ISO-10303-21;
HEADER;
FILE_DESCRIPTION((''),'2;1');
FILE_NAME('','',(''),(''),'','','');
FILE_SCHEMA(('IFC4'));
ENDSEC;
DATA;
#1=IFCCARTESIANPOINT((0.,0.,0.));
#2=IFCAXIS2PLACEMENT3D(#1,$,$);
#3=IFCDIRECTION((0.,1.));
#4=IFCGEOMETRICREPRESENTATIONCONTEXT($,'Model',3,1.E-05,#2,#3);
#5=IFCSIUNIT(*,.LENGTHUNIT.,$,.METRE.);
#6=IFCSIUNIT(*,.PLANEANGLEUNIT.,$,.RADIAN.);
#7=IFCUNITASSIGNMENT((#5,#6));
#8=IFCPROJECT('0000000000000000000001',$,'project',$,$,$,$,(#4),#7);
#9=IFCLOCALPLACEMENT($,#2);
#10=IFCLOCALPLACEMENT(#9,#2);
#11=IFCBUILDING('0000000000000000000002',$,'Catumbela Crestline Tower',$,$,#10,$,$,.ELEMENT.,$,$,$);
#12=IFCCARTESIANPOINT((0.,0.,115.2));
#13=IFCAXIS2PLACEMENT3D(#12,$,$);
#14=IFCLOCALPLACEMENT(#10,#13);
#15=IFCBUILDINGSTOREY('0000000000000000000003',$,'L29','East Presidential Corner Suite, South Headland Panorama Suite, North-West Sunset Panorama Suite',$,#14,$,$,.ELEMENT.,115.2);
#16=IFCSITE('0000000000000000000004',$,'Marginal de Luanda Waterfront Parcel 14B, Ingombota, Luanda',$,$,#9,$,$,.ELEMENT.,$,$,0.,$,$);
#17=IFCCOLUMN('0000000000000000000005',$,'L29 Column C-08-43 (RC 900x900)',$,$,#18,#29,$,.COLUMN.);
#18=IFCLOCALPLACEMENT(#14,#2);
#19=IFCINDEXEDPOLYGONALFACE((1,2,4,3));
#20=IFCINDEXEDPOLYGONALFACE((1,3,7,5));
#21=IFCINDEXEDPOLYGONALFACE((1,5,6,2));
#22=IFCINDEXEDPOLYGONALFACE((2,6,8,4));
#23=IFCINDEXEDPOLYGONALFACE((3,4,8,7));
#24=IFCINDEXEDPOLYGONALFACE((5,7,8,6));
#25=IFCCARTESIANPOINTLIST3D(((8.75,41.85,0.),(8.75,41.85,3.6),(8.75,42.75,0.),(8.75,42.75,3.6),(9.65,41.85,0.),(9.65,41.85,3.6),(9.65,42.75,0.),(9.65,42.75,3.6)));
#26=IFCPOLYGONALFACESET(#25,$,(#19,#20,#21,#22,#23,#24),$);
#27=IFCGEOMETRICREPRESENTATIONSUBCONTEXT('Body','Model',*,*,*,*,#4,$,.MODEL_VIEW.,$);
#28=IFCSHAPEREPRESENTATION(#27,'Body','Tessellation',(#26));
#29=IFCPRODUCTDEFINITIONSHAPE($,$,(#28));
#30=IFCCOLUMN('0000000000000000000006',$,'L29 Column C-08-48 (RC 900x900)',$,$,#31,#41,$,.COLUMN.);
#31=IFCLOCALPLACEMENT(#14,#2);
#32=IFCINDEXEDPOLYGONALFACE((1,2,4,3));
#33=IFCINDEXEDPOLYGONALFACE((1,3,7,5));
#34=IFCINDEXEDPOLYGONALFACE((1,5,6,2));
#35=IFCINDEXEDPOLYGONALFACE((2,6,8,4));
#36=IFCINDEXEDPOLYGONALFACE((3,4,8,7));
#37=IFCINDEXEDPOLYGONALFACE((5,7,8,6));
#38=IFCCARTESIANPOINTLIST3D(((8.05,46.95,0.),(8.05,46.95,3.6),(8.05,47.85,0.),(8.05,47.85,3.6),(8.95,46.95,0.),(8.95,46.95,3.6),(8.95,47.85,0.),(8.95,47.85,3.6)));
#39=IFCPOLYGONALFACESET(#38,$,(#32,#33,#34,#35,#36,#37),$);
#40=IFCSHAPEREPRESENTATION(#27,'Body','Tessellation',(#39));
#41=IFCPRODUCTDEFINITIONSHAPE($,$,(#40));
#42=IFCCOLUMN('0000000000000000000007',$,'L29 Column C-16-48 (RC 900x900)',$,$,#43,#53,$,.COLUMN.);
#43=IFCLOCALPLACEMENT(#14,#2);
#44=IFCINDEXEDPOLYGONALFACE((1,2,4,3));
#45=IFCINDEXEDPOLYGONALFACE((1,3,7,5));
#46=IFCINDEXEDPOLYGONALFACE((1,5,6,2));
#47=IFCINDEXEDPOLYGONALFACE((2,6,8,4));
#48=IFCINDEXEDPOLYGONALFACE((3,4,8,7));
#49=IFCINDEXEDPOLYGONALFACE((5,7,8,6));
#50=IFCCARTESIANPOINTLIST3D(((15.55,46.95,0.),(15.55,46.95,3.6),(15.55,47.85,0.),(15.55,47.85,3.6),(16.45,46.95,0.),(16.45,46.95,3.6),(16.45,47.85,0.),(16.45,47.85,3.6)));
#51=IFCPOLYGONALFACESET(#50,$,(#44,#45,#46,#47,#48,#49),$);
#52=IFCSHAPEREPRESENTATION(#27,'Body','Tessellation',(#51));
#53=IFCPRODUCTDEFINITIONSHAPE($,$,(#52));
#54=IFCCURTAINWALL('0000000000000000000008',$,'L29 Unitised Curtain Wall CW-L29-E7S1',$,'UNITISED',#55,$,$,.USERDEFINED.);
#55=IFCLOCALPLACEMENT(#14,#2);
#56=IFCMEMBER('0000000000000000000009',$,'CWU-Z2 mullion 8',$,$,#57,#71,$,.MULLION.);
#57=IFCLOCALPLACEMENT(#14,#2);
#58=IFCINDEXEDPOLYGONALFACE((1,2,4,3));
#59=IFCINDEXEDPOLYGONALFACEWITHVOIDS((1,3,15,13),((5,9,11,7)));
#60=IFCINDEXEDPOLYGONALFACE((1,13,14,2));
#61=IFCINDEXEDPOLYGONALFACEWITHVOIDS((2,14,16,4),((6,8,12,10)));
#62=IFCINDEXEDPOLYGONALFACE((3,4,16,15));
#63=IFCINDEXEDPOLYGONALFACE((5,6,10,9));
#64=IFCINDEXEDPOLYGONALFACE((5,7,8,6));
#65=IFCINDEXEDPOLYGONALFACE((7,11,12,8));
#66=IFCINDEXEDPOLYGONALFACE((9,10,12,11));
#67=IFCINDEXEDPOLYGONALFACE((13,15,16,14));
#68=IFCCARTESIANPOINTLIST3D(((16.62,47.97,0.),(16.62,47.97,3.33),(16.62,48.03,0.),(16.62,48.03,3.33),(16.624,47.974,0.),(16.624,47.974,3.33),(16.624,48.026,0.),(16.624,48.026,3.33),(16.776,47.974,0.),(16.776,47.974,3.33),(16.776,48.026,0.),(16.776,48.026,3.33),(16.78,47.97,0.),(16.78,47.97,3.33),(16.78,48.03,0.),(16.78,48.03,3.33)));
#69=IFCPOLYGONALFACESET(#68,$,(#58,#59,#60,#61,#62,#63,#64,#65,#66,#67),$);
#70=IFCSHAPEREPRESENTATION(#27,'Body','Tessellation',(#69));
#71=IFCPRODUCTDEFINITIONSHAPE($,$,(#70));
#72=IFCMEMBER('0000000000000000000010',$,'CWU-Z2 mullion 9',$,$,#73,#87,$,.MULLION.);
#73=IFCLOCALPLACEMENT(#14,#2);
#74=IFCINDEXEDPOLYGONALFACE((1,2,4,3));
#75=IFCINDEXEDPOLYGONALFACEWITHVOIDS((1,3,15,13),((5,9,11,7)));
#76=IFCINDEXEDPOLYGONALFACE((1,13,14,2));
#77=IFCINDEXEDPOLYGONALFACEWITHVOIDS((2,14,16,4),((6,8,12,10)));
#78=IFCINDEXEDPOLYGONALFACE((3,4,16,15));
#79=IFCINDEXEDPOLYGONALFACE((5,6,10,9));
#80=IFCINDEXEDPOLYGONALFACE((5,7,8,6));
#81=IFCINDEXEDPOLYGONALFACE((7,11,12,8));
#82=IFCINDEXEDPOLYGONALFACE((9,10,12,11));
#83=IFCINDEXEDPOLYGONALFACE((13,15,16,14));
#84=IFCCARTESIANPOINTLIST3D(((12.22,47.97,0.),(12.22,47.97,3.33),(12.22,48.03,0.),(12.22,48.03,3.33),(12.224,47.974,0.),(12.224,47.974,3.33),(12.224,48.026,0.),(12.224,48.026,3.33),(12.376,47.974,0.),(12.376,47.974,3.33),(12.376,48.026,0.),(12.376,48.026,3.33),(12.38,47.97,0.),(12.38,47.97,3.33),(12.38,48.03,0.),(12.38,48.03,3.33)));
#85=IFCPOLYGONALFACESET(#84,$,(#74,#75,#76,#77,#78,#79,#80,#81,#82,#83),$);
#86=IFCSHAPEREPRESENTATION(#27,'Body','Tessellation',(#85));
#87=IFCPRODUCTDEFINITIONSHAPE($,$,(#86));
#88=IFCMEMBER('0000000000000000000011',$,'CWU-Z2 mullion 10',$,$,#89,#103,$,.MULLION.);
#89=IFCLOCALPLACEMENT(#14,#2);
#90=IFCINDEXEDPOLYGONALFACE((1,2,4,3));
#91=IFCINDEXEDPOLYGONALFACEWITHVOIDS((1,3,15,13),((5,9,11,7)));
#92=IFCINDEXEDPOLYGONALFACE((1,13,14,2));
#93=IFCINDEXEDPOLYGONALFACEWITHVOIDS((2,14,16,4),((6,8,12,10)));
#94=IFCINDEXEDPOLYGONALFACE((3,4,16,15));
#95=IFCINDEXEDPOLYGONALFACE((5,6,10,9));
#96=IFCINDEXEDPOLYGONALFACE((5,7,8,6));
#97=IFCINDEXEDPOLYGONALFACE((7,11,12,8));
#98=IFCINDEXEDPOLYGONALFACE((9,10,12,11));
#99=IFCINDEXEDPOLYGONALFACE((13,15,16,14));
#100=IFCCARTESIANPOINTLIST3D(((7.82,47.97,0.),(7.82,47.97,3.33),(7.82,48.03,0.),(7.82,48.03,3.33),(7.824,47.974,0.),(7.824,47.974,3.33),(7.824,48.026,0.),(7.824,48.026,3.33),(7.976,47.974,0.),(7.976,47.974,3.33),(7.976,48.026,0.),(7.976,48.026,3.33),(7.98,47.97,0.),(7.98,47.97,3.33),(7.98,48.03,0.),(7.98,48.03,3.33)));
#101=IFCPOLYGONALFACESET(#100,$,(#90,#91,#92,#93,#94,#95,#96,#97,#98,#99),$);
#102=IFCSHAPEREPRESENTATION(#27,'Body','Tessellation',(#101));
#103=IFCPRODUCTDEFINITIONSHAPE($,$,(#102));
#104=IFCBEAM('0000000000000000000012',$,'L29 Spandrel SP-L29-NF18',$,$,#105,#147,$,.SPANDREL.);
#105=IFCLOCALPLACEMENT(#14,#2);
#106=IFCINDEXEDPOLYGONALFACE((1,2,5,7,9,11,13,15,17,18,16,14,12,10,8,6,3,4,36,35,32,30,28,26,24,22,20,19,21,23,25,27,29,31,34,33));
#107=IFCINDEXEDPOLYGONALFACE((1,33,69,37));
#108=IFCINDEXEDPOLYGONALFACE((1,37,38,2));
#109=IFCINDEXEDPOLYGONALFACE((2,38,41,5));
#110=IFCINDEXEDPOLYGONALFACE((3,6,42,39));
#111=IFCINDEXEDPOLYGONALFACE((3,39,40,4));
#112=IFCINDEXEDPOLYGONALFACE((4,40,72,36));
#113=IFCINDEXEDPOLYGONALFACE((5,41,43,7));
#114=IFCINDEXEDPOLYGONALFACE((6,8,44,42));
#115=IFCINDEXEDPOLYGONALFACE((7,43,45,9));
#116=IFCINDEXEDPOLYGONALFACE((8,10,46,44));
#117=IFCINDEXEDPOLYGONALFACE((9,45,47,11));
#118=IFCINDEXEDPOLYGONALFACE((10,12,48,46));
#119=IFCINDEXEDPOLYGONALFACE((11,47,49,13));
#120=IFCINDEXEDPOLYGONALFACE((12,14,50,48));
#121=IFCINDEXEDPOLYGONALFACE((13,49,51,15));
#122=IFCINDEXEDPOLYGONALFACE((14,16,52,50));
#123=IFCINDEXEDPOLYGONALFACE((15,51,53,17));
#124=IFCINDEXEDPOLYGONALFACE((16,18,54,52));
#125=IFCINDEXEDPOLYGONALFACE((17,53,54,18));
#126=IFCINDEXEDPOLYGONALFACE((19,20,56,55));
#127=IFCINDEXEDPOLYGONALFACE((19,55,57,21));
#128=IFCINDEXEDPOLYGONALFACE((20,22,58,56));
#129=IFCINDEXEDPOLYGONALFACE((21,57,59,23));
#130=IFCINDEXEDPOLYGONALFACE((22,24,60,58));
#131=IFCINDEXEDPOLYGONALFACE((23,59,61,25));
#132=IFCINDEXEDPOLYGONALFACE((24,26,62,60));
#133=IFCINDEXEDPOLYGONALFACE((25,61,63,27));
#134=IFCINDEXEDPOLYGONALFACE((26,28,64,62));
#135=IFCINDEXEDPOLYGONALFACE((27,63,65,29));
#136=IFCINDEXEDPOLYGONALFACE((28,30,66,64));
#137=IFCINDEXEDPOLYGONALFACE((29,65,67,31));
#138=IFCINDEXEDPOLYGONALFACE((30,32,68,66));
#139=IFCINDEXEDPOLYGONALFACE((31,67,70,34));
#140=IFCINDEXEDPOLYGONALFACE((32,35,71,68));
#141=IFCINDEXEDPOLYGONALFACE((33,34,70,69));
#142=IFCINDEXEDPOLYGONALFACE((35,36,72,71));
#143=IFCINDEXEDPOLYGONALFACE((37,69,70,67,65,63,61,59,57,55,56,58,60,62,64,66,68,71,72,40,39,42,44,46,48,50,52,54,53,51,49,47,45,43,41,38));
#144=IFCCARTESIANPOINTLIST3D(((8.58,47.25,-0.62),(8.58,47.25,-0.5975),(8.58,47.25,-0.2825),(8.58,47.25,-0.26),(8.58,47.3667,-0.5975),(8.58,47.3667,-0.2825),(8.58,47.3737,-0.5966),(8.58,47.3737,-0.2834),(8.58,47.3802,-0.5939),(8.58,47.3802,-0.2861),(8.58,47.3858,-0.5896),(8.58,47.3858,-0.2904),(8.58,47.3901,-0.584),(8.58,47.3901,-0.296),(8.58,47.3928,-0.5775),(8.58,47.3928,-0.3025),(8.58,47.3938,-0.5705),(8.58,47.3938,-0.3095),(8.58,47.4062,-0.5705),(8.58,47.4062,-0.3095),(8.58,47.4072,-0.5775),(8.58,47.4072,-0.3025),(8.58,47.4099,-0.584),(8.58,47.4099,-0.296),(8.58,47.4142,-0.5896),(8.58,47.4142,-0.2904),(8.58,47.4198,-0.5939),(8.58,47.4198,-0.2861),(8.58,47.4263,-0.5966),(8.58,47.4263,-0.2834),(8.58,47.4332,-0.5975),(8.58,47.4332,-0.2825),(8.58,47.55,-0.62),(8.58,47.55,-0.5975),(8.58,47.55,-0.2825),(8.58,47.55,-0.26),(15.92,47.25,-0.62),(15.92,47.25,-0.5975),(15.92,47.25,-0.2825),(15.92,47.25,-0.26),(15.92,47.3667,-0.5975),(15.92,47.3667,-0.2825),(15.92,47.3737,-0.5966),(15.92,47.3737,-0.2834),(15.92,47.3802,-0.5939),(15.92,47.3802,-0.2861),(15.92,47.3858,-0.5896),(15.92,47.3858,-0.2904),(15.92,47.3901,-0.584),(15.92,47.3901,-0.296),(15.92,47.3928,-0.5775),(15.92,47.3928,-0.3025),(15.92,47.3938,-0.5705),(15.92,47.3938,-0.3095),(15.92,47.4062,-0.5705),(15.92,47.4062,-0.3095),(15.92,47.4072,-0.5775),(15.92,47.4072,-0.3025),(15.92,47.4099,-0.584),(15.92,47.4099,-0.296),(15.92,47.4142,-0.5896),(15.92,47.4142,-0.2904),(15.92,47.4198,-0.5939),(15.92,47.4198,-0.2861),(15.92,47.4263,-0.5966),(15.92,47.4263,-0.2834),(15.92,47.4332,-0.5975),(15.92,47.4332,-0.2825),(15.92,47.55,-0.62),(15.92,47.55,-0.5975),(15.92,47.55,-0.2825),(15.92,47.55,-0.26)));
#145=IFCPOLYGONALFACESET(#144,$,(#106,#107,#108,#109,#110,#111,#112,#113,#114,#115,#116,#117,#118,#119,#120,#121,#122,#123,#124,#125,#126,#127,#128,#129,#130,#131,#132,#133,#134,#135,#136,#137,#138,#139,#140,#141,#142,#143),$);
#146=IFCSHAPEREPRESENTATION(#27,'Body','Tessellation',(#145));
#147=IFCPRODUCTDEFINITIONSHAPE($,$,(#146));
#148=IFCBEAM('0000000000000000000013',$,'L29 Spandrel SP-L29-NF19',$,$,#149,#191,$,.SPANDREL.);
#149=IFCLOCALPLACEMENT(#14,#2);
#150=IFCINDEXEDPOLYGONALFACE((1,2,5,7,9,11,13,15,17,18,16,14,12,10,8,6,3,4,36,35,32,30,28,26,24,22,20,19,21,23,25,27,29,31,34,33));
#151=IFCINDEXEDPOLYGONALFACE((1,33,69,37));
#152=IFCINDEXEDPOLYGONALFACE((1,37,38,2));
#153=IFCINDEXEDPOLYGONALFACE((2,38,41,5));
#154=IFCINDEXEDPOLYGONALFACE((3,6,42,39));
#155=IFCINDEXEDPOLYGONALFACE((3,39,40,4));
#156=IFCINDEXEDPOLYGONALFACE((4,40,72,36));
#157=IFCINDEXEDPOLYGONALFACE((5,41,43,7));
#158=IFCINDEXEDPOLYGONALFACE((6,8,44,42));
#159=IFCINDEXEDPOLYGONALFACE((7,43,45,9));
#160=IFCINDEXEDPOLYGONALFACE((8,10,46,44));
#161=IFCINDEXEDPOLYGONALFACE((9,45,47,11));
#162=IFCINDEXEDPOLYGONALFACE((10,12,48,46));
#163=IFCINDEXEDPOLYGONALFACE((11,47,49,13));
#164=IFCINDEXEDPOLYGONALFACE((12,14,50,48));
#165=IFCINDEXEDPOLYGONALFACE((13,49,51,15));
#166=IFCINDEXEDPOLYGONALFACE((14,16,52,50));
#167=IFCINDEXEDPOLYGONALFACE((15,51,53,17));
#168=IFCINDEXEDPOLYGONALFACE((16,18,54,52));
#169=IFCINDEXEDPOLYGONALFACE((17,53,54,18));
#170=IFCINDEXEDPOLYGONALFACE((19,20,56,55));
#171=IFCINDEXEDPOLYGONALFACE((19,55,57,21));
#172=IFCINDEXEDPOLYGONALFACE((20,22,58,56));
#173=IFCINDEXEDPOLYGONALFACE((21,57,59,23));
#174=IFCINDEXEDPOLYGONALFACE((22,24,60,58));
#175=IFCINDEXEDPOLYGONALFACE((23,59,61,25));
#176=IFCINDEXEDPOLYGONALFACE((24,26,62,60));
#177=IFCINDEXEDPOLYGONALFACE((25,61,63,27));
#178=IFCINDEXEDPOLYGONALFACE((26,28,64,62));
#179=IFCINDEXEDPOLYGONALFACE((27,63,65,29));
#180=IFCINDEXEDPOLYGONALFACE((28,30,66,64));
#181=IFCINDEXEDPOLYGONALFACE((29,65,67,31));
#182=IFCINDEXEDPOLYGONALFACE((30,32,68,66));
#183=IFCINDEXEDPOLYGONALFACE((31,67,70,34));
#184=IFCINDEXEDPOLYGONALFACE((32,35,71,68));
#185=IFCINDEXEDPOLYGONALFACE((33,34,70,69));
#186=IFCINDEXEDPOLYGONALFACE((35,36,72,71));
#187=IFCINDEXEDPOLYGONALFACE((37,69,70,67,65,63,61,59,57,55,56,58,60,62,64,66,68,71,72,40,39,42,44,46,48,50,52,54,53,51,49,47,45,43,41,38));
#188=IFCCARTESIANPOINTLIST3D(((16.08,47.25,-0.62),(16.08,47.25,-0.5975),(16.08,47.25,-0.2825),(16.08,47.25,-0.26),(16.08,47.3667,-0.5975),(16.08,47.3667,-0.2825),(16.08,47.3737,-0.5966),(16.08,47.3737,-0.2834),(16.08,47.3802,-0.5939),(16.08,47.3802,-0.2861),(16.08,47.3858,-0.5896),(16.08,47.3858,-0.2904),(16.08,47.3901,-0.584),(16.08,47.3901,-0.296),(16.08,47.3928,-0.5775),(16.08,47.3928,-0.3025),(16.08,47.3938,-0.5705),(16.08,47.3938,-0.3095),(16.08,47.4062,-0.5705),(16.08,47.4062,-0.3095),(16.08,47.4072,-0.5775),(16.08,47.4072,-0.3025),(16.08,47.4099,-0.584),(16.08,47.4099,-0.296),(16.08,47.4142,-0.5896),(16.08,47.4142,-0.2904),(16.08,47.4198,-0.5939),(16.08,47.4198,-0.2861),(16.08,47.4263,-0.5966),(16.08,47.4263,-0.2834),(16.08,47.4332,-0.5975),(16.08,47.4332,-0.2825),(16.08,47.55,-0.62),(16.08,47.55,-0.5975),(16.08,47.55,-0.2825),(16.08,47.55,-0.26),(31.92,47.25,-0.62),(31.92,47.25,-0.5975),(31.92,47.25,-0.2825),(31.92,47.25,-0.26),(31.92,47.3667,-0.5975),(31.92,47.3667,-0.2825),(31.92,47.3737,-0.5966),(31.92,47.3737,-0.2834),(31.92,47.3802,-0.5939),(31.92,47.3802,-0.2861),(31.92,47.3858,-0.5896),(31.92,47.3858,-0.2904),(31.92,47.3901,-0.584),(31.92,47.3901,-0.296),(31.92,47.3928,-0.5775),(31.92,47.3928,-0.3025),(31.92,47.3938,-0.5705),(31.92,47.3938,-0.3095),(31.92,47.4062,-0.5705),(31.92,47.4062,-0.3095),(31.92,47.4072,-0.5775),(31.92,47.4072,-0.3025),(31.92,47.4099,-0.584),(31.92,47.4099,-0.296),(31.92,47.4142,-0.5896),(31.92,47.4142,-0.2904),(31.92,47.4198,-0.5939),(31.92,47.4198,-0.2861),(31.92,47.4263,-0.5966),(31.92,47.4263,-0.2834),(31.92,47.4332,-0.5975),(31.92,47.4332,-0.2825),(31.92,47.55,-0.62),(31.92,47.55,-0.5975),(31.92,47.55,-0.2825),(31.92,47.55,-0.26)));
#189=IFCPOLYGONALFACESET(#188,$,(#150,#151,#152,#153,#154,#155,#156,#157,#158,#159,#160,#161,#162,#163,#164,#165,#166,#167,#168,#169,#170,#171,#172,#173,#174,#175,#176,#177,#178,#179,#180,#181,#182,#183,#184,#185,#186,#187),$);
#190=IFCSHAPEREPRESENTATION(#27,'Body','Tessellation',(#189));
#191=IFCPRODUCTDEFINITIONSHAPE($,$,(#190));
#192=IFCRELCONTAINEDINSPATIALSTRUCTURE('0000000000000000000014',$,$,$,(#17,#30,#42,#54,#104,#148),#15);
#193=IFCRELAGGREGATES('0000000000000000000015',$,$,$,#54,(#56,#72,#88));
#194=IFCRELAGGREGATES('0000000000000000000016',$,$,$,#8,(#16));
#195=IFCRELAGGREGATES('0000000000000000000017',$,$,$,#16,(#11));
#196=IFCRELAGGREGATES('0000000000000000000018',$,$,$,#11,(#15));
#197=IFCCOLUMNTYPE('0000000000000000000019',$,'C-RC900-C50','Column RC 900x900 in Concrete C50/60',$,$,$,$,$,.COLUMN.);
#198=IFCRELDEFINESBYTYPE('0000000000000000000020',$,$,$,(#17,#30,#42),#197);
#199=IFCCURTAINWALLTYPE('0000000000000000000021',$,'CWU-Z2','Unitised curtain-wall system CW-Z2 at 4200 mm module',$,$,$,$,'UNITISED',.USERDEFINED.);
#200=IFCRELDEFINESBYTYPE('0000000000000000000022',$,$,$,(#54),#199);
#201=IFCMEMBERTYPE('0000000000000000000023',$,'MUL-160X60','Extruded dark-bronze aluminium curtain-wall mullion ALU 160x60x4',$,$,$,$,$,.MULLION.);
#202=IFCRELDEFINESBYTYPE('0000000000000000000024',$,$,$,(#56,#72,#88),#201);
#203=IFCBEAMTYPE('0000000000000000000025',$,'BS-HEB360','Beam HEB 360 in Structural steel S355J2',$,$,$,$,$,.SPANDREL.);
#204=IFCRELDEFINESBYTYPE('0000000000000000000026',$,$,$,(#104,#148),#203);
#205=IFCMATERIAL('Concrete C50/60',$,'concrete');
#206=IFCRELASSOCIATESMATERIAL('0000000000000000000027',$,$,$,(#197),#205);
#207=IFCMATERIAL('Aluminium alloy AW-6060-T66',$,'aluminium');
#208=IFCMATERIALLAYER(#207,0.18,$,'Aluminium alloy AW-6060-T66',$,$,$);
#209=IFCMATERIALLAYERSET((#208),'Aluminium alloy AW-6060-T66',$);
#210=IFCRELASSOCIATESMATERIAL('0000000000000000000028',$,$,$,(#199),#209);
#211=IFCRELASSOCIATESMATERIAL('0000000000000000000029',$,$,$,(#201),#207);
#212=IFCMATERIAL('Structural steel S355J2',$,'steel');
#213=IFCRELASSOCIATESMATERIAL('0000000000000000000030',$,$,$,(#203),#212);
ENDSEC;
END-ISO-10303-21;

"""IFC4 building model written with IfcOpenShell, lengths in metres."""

from ifc_helpers import new_model, si_unit, direction, frame, origin, origin_2d, place, context, subcontext, project, spatial, rectangle, hollow_rectangle, i_section, extrude, material, layer, layer_set, material_profile, profile_set, type_object, element, aggregate, save


model = new_model("IFC4")

# Units and contexts
model_context = context("Model", 3, precision=1e-05, world=origin(), true_north=direction((0.0, 1.0)))
body_context = subcontext(model_context, "Body", "Model", "MODEL_VIEW")
ifc_project = project(units=[si_unit("LENGTHUNIT", "METRE"), si_unit("PLANEANGLEUNIT", "RADIAN")], contexts=[model_context])

# Site, building, storey
site_placement = place(None, origin())
site = spatial("IfcSite", under=ifc_project, at=site_placement, Name="Marginal de Luanda Waterfront Parcel 14B, Ingombota, Luanda", CompositionType="ELEMENT", RefElevation=0.0)
building_placement = place(site_placement, origin())
building = spatial("IfcBuilding", under=site, at=building_placement, Name="Catumbela Crestline Tower", CompositionType="ELEMENT")
storey_placement = place(building_placement, frame((0.0, 0.0, 115.2)))
storey = spatial("IfcBuildingStorey", under=building, at=storey_placement, Name="L29", Description="East Presidential Corner Suite, South Headland Panorama Suite, North-West Sunset Panorama Suite", CompositionType="ELEMENT", Elevation=115.2)

# Columns
ifc_material_1 = material(Name="Concrete C50/60", Category="concrete")
ifc_material_profile_1 = material_profile(ifc_material_1, rectangle(XDim=0.9, YDim=0.9, at=origin_2d()), Name="RC 900x900")
ifc_profile_set_1 = profile_set([ifc_material_profile_1], Name="Concrete C50/60")
column_type = type_object("IfcColumnType", Name="C-RC900-C50", Description="Column RC 900x900 in Concrete C50/60", PredefinedType="COLUMN", material=ifc_profile_set_1)
for number, where, z_axis, x_axis, name in (
    (1, (9.2, 42.3, 0.0), (0.0, 0.0, 1.0), (1.0, 0.0, 0.0), "L29 Column C-08-43 (RC 900x900)"),
    (2, (8.5, 47.4, 0.0), (0.0, 0.0, 1.0), (1.0, 0.0, 0.0), "L29 Column C-08-48 (RC 900x900)"),
    (3, (16.0, 47.4, 0.0), (0.0, 0.0, 1.0), (1.0, 0.0, 0.0), "L29 Column C-16-48 (RC 900x900)"),
):
    element("IfcColumn", number, at=place(storey_placement, frame(where, z_axis=z_axis, x_axis=x_axis)), inside=storey, type_object=column_type, Name=name, PredefinedType="COLUMN", context=body_context, shape_type="SweptSolid", body=[
        extrude(rectangle(XDim=0.9, YDim=0.9, at=origin_2d()), origin(), (0.0, 0.0, 1.0), 3.6),
    ])

# Curtain wall, members
ifc_material_2 = material(Name="Aluminium alloy AW-6060-T66", Category="aluminium")
ifc_layer_1 = layer(ifc_material_2, 0.18, Name="Aluminium alloy AW-6060-T66")
ifc_layer_set_1 = layer_set([ifc_layer_1], Name="Aluminium alloy AW-6060-T66")
curtain_wall_type = type_object("IfcCurtainWallType", Name="CWU-Z2", Description="Unitised curtain-wall system CW-Z2 at 4200 mm module", ElementType="UNITISED", PredefinedType="USERDEFINED", material=ifc_layer_set_1)
curtain_wall_placement = place(storey_placement, origin())
curtain_wall = element("IfcCurtainWall", 4, at=curtain_wall_placement, inside=storey, type_object=curtain_wall_type, Name="L29 Unitised Curtain Wall CW-L29-E7S1", ObjectType="UNITISED", PredefinedType="USERDEFINED")
ifc_material_profile_2 = material_profile(ifc_material_2, hollow_rectangle(XDim=0.06, YDim=0.16, WallThickness=0.004, at=origin_2d()), Name="ALU 160x60x4")
ifc_profile_set_2 = profile_set([ifc_material_profile_2], Name="Aluminium alloy AW-6060-T66")
member_type_1 = type_object("IfcMemberType", Name="MUL-160X60", Description="Extruded dark-bronze aluminium curtain-wall mullion ALU 160x60x4", PredefinedType="MULLION", material=ifc_profile_set_2)
member_1_placement = place(storey_placement, frame((16.7, 48.0, 0.0), z_axis=(0.0, 0.0, 1.0), x_axis=(0.0, -1.0, 0.0)))
member_1 = element("IfcMember", 5, at=member_1_placement, type_object=member_type_1, Name="CWU-Z2 mullion 8", PredefinedType="MULLION", context=body_context, shape_type="SweptSolid", body=[
    extrude(hollow_rectangle(XDim=0.06, YDim=0.16, WallThickness=0.004, at=origin_2d()), origin(), (0.0, 0.0, 1.0), 3.33),
])
member_2_placement = place(storey_placement, frame((12.3, 48.0, 0.0), z_axis=(0.0, 0.0, 1.0), x_axis=(0.0, -1.0, 0.0)))
member_2 = element("IfcMember", 6, at=member_2_placement, type_object=member_type_1, Name="CWU-Z2 mullion 9", PredefinedType="MULLION", context=body_context, shape_type="SweptSolid", body=[
    extrude(hollow_rectangle(XDim=0.06, YDim=0.16, WallThickness=0.004, at=origin_2d()), origin(), (0.0, 0.0, 1.0), 3.33),
])
member_3_placement = place(storey_placement, frame((7.9, 48.0, 0.0), z_axis=(0.0, 0.0, 1.0), x_axis=(0.0, -1.0, 0.0)))
member_3 = element("IfcMember", 7, at=member_3_placement, type_object=member_type_1, Name="CWU-Z2 mullion 10", PredefinedType="MULLION", context=body_context, shape_type="SweptSolid", body=[
    extrude(hollow_rectangle(XDim=0.06, YDim=0.16, WallThickness=0.004, at=origin_2d()), origin(), (0.0, 0.0, 1.0), 3.33),
])

# Beams
ifc_material_3 = material(Name="Structural steel S355J2", Category="steel")
ifc_material_profile_3 = material_profile(ifc_material_3, i_section(OverallWidth=0.3, OverallDepth=0.36, WebThickness=0.0125, FlangeThickness=0.0225, FilletRadius=0.027, at=origin_2d()), Name="HEB 360")
ifc_profile_set_3 = profile_set([ifc_material_profile_3], Name="Structural steel S355J2")
beam_type = type_object("IfcBeamType", Name="BS-HEB360", Description="Beam HEB 360 in Structural steel S355J2", PredefinedType="SPANDREL", material=ifc_profile_set_3)
beam_1_placement = place(storey_placement, frame((8.58, 47.4, -0.44), z_axis=(1.0, 0.0, 0.0), x_axis=(0.0, 1.0, 0.0)))
element("IfcBeam", 8, at=beam_1_placement, inside=storey, type_object=beam_type, Name="L29 Spandrel SP-L29-NF18", PredefinedType="SPANDREL", context=body_context, shape_type="SweptSolid", body=[
    extrude(i_section(OverallWidth=0.3, OverallDepth=0.36, WebThickness=0.0125, FlangeThickness=0.0225, FilletRadius=0.027, at=origin_2d()), origin(), (0.0, 0.0, 1.0), 7.34),
])
beam_2_placement = place(storey_placement, frame((16.08, 47.4, -0.44), z_axis=(1.0, 0.0, 0.0), x_axis=(0.0, 1.0, 0.0)))
element("IfcBeam", 9, at=beam_2_placement, inside=storey, type_object=beam_type, Name="L29 Spandrel SP-L29-NF19", PredefinedType="SPANDREL", context=body_context, shape_type="SweptSolid", body=[
    extrude(i_section(OverallWidth=0.3, OverallDepth=0.36, WebThickness=0.0125, FlangeThickness=0.0225, FilletRadius=0.027, at=origin_2d()), origin(), (0.0, 0.0, 1.0), 15.84),
])

aggregate(curtain_wall, [member_1, member_2, member_3])

save(model, "model.ifc")
